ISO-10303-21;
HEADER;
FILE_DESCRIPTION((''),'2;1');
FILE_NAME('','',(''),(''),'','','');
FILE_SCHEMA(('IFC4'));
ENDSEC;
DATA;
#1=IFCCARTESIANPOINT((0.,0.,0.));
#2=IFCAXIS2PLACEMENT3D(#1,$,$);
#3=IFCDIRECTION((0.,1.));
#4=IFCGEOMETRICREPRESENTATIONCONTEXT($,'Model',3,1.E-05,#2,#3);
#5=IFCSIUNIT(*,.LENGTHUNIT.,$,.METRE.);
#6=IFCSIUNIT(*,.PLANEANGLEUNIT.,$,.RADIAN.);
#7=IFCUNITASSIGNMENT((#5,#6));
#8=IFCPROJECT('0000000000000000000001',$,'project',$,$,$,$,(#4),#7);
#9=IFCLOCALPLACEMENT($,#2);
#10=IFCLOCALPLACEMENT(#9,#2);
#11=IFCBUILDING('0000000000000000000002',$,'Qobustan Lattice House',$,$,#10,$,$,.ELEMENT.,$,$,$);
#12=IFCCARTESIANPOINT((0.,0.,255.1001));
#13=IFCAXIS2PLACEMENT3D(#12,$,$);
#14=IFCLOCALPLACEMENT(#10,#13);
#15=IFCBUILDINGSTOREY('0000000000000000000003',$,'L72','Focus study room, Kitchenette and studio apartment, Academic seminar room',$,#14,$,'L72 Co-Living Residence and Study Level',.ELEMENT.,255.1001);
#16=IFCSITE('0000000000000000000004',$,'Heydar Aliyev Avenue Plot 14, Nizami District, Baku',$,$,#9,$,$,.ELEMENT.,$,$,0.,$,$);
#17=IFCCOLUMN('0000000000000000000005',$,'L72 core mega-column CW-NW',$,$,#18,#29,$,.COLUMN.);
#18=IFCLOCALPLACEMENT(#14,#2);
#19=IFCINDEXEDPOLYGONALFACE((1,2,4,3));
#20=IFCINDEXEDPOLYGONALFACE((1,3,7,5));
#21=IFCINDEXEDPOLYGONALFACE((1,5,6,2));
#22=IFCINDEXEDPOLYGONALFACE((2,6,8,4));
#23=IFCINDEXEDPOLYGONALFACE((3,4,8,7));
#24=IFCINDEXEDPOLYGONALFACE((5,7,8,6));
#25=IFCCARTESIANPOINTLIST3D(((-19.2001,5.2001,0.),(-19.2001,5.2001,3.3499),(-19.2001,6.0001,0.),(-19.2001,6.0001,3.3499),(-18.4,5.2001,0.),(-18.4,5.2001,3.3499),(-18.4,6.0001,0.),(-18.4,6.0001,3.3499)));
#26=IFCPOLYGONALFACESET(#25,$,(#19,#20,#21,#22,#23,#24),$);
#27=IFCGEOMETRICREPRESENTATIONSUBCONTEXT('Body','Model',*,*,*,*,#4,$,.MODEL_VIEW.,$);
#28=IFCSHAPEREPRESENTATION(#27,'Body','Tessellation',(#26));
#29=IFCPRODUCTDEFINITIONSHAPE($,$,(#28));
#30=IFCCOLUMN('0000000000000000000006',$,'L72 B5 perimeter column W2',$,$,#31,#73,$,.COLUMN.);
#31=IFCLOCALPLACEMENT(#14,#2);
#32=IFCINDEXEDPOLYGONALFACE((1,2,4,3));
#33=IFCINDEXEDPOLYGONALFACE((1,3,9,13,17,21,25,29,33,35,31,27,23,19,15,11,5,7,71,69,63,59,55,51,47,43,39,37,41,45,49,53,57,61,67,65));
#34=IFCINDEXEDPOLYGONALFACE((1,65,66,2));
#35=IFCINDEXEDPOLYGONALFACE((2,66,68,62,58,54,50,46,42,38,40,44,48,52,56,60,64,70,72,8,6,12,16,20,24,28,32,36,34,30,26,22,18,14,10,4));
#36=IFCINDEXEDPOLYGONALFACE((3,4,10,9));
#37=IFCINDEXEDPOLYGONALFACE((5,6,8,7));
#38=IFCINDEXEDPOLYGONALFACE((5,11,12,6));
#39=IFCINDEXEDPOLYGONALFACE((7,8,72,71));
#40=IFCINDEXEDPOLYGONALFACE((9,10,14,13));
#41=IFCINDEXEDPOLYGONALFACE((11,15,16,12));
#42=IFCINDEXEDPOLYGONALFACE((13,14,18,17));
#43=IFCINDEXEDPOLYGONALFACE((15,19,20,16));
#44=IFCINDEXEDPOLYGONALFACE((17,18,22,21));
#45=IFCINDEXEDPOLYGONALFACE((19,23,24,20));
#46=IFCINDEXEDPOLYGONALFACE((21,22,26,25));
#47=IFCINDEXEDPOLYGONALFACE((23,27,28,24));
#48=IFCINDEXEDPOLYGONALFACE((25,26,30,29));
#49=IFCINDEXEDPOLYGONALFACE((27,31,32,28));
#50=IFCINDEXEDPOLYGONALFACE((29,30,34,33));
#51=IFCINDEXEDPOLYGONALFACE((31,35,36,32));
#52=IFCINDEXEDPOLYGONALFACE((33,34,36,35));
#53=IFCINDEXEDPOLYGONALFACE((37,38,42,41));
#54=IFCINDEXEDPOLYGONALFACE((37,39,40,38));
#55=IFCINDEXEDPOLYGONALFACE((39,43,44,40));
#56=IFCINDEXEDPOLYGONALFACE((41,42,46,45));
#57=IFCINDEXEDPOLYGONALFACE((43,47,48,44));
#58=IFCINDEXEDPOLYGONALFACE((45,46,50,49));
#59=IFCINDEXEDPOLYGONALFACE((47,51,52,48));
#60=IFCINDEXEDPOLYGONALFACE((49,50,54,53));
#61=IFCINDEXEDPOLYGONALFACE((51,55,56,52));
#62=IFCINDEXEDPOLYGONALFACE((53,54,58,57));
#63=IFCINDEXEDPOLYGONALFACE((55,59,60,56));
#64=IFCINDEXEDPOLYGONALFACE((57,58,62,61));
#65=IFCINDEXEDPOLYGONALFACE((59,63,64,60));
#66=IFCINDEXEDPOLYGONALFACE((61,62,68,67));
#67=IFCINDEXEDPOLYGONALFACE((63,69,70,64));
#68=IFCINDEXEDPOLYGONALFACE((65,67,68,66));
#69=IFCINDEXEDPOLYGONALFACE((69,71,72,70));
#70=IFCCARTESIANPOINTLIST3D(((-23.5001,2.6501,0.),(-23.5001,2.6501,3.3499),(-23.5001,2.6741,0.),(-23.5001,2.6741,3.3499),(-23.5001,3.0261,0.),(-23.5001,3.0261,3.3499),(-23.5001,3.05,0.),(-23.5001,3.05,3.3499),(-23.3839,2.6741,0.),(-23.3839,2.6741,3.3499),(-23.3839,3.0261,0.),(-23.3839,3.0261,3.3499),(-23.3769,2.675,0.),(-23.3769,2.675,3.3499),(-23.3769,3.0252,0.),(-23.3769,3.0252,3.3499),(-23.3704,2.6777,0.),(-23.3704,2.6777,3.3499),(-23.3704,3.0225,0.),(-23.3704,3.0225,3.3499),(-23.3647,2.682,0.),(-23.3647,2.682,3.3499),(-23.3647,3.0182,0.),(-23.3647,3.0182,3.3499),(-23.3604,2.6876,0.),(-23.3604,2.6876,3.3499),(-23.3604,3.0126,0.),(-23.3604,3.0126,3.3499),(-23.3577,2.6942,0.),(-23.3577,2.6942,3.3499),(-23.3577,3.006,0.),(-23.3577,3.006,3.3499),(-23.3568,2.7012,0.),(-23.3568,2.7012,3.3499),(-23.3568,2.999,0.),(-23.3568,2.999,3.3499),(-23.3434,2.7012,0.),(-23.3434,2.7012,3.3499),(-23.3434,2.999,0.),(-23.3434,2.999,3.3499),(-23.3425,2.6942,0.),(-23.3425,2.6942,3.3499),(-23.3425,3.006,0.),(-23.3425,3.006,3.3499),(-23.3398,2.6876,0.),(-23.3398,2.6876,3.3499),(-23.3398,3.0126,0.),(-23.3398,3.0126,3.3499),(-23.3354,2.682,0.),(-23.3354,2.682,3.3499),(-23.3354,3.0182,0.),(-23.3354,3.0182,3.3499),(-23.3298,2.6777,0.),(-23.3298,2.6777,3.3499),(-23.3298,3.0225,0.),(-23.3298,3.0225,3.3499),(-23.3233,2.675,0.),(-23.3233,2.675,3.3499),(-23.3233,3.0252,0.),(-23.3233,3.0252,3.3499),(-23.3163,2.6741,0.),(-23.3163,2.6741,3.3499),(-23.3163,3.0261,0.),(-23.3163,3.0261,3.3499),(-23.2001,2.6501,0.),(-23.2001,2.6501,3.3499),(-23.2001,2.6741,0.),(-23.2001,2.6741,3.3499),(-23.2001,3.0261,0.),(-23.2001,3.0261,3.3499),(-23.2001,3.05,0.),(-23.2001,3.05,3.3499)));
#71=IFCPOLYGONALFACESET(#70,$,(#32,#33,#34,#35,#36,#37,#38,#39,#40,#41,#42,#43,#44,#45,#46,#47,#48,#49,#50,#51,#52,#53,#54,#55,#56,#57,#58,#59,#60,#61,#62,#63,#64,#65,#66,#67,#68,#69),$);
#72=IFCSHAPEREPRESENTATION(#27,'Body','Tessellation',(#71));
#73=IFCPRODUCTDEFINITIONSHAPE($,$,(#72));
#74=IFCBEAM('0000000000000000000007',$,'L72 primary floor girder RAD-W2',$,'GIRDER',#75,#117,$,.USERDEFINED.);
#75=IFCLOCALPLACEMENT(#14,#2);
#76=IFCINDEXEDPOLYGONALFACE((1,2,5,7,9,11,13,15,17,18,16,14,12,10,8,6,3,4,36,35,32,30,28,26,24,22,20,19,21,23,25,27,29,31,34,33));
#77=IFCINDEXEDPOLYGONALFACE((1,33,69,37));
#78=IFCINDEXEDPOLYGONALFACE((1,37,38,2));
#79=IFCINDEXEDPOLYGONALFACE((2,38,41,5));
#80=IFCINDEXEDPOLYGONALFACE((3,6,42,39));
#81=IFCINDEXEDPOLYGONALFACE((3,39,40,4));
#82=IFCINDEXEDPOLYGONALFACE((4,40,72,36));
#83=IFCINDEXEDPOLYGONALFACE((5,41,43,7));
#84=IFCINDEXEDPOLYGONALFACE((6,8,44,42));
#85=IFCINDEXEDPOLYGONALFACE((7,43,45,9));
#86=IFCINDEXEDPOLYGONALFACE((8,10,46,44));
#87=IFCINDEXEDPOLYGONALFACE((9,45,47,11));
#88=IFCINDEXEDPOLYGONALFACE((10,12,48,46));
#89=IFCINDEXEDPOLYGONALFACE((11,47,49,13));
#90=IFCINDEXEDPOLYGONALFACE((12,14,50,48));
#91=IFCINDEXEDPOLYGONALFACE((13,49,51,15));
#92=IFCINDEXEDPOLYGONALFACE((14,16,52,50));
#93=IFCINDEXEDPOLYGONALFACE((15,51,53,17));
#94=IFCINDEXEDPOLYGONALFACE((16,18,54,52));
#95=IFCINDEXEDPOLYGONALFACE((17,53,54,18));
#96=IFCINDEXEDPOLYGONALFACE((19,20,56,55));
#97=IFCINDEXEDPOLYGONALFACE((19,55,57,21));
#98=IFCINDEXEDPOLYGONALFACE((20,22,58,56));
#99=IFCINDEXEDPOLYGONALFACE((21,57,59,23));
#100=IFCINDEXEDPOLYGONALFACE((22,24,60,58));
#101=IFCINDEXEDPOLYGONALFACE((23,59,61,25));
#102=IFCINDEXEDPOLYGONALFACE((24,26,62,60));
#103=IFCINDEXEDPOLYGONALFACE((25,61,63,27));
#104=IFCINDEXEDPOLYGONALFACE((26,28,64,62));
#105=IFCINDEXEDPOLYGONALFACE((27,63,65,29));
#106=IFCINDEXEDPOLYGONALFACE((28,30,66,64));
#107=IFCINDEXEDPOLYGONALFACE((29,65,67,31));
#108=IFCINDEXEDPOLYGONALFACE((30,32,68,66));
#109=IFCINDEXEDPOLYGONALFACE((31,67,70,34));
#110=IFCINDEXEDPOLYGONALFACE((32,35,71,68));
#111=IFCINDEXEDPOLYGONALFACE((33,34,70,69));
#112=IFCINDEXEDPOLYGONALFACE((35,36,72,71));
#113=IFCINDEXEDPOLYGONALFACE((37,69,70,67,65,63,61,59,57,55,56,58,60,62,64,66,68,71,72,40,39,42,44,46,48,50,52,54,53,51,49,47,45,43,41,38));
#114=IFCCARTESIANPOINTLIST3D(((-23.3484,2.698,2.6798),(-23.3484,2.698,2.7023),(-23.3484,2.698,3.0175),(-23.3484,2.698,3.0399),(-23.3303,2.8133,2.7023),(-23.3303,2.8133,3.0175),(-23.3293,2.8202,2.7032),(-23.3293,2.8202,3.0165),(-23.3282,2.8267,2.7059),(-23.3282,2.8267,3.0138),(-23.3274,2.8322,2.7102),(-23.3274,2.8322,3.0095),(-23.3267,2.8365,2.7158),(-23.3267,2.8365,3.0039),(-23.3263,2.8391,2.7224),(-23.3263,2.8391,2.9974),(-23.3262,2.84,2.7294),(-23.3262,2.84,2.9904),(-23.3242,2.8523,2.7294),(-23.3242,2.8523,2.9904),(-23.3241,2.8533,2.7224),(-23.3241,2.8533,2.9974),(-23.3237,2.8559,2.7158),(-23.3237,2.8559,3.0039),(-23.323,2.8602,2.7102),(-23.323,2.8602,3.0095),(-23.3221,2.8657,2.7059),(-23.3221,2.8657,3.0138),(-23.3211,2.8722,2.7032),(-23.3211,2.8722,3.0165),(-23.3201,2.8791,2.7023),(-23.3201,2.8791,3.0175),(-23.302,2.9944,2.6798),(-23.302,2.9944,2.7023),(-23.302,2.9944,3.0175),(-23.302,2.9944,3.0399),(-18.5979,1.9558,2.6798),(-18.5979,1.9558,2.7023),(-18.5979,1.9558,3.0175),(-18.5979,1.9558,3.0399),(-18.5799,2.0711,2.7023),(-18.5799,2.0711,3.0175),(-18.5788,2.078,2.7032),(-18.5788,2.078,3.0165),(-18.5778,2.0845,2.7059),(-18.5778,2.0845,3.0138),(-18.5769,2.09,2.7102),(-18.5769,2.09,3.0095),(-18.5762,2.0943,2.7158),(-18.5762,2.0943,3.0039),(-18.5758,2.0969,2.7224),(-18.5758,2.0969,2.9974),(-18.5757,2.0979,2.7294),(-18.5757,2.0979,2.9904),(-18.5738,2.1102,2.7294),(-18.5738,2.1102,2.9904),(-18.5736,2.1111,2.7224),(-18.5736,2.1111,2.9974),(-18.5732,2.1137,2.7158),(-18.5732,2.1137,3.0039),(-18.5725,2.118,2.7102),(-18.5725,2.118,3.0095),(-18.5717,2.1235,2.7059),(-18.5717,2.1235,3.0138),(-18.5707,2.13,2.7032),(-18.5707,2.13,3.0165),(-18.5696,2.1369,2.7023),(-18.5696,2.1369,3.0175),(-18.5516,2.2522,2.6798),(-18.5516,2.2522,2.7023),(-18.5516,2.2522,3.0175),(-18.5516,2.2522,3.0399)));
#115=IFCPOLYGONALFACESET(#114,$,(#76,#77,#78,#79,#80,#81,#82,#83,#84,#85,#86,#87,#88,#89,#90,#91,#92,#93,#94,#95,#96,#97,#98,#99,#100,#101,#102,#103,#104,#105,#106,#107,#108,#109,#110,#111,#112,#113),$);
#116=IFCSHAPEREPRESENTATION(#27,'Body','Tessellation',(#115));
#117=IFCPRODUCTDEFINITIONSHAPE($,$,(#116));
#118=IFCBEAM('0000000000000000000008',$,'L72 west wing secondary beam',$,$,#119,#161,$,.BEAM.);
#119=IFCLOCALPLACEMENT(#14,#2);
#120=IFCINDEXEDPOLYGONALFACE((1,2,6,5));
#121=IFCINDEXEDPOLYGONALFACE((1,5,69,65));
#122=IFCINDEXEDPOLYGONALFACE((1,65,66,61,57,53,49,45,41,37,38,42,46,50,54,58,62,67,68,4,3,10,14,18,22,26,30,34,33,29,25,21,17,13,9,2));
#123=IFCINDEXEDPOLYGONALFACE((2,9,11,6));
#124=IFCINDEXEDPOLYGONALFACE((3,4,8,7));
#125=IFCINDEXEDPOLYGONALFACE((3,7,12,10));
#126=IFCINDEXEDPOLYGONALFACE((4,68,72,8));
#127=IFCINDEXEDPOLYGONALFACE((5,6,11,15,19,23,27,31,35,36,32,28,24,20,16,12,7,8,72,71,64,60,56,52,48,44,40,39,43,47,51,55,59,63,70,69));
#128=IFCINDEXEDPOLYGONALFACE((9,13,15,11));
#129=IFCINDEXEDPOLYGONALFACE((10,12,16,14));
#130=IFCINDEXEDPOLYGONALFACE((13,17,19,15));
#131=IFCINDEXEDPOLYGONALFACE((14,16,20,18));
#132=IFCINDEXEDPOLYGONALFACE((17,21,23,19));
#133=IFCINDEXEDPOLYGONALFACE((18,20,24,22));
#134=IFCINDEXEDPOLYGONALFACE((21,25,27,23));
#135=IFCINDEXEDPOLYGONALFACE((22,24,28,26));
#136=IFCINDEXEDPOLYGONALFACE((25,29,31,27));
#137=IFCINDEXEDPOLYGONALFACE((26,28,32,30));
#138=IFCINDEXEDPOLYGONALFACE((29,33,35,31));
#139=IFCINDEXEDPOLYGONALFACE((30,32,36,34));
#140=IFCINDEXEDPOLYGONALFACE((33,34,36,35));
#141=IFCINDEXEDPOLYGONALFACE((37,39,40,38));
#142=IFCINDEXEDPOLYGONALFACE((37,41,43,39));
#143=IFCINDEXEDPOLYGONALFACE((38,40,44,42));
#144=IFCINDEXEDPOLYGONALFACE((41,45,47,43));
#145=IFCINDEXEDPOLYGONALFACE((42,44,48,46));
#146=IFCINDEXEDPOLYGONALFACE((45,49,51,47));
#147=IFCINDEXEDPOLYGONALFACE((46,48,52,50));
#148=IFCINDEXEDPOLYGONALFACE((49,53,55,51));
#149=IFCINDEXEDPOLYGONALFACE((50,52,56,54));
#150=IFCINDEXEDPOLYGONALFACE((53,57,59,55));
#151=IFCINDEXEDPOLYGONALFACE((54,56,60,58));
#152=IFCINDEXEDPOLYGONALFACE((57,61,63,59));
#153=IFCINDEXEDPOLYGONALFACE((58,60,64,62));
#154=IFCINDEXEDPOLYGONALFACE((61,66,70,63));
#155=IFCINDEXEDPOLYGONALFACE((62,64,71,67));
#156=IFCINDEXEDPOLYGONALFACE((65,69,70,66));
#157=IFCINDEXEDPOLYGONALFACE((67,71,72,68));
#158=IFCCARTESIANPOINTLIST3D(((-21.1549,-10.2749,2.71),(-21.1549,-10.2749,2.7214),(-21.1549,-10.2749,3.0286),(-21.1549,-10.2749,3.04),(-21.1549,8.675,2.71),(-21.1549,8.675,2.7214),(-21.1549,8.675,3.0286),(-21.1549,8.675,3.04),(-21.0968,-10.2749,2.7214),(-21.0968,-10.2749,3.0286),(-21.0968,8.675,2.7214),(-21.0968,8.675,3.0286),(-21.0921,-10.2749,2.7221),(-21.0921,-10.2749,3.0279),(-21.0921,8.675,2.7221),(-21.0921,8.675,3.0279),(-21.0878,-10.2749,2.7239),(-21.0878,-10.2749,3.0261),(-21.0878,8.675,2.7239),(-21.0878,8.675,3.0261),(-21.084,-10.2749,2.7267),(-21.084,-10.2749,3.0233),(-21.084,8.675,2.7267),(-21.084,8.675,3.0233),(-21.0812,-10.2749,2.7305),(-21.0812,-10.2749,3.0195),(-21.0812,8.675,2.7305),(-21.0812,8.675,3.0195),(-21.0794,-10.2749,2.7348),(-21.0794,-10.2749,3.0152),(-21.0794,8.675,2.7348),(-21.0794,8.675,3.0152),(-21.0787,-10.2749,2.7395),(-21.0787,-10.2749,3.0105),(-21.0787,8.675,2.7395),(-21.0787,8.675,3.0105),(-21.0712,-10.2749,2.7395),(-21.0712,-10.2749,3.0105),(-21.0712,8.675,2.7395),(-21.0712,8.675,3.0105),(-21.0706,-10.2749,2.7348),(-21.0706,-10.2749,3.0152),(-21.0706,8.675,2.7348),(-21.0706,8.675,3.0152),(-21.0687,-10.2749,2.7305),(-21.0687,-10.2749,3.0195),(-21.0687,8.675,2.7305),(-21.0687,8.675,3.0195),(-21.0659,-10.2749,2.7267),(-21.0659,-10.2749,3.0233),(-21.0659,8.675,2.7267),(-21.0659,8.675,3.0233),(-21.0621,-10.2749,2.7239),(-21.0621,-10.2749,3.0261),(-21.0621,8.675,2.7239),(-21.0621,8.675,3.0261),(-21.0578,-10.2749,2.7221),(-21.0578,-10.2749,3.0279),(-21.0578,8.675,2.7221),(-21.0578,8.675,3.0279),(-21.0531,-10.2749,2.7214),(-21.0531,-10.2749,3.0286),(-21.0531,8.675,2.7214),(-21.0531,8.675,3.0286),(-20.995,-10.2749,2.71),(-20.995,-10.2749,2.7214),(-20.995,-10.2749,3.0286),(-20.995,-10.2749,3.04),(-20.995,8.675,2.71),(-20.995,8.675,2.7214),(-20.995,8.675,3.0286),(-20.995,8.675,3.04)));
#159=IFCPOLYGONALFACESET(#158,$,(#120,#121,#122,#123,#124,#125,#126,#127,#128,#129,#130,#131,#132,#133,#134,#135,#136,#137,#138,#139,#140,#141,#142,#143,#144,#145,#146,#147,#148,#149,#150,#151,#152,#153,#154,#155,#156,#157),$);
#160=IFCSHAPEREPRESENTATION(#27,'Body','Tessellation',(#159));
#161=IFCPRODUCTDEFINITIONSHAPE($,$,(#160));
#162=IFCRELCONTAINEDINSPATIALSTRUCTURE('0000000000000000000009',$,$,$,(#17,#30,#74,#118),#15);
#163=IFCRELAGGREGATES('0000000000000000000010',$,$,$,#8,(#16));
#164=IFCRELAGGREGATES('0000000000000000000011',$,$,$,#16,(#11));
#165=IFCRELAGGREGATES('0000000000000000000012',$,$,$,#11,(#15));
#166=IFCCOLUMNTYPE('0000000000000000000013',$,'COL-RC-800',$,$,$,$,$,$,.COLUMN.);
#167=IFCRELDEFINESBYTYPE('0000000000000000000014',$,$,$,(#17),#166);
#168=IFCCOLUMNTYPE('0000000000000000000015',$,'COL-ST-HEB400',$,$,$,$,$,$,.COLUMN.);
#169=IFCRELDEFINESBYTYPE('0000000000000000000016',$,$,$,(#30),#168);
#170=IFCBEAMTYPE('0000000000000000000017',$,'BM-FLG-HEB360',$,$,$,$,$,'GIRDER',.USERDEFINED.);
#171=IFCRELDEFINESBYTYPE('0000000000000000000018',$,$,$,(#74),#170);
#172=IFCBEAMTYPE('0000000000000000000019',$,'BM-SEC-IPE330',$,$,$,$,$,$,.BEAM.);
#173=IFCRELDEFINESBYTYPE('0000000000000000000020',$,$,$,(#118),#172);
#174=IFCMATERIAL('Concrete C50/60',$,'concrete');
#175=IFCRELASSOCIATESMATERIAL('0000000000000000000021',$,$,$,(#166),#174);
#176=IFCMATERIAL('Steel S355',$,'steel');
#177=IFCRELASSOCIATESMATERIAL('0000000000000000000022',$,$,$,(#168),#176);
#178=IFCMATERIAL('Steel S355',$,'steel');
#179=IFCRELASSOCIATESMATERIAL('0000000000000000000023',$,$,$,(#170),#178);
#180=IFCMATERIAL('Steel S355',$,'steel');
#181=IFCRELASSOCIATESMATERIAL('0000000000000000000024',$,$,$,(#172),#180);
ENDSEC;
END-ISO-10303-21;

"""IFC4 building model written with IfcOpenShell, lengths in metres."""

from ifc_helpers import new_model, si_unit, direction, frame, origin, origin_2d, place, context, subcontext, project, spatial, rectangle, i_section, extrude, material, material_profile, profile_set, type_object, element, save


model = new_model("IFC4")

# Units and contexts
model_context = context("Model", 3, precision=1e-05, world=origin(), true_north=direction((0.0, 1.0)))
body_context = subcontext(model_context, "Body", "Model", "MODEL_VIEW")
ifc_project = project(units=[si_unit("LENGTHUNIT", "METRE"), si_unit("PLANEANGLEUNIT", "RADIAN")], contexts=[model_context])

# Site, building, storey
site_placement = place(None, origin())
site = spatial("IfcSite", under=ifc_project, at=site_placement, Name="Heydar Aliyev Avenue Plot 14, Nizami District, Baku", CompositionType="ELEMENT", RefElevation=0.0)
building_placement = place(site_placement, origin())
building = spatial("IfcBuilding", under=site, at=building_placement, Name="Qobustan Lattice House", CompositionType="ELEMENT")
storey_placement = place(building_placement, frame((0.0, 0.0, 255.1001)))
storey = spatial("IfcBuildingStorey", under=building, at=storey_placement, Name="L72", Description="Focus study room, Kitchenette and studio apartment, Academic seminar room", LongName="L72 Co-Living Residence and Study Level", CompositionType="ELEMENT", Elevation=255.1001)

# Columns
ifc_material_1 = material(Name="Concrete C50/60", Category="concrete")
ifc_material_profile_1 = material_profile(ifc_material_1, rectangle(XDim=0.8, YDim=0.8, at=origin_2d()), Name="RC800x800")
ifc_profile_set_1 = profile_set([ifc_material_profile_1], Name="Concrete C50/60")
column_type_1 = type_object("IfcColumnType", Name="COL-RC-800", PredefinedType="COLUMN", material=ifc_profile_set_1)
column_1_placement = place(storey_placement, frame((-18.8, 5.6001, 0.0), z_axis=(0.0, 0.0, 1.0), x_axis=(1.0, 0.0, 0.0)))
element("IfcColumn", 1, at=column_1_placement, inside=storey, type_object=column_type_1, Name="L72 core mega-column CW-NW", PredefinedType="COLUMN", context=body_context, shape_type="SweptSolid", body=[
    extrude(rectangle(XDim=0.8, YDim=0.8, at=origin_2d()), origin(), (0.0, 0.0, 1.0), 3.3499),
])
ifc_material_2 = material(Name="Steel S355", Category="steel")
ifc_material_profile_2 = material_profile(ifc_material_2, i_section(OverallWidth=0.3, OverallDepth=0.3999, WebThickness=0.0134, FlangeThickness=0.0239, FilletRadius=0.0271, at=origin_2d()), Name="HEB400")
ifc_profile_set_2 = profile_set([ifc_material_profile_2], Name="Steel S355")
column_type_2 = type_object("IfcColumnType", Name="COL-ST-HEB400", PredefinedType="COLUMN", material=ifc_profile_set_2)
column_2_placement = place(storey_placement, frame((-23.3501, 2.8501, 0.0), z_axis=(0.0, 0.0, 1.0), x_axis=(1.0, 0.0, 0.0)))
element("IfcColumn", 2, at=column_2_placement, inside=storey, type_object=column_type_2, Name="L72 B5 perimeter column W2", PredefinedType="COLUMN", context=body_context, shape_type="SweptSolid", body=[
    extrude(i_section(OverallWidth=0.3, OverallDepth=0.3999, WebThickness=0.0134, FlangeThickness=0.0239, FilletRadius=0.0271, at=origin_2d()), origin(), (0.0, 0.0, 1.0), 3.3499),
])

# Beams
ifc_material_3 = material(Name="Steel S355", Category="steel")
ifc_material_profile_3 = material_profile(ifc_material_3, i_section(OverallWidth=0.3, OverallDepth=0.3601, WebThickness=0.0125, FlangeThickness=0.0225, FilletRadius=0.0271, at=origin_2d()), Name="HEB360")
ifc_profile_set_3 = profile_set([ifc_material_profile_3], Name="Steel S355")
beam_type_1 = type_object("IfcBeamType", Name="BM-FLG-HEB360", ElementType="GIRDER", PredefinedType="USERDEFINED", material=ifc_profile_set_3)
beam_1_placement = place(storey_placement, frame((-23.3252, 2.8462, 2.8599), z_axis=(0.988014, -0.154361, 0.0), x_axis=(0.154361, 0.988014, 0.0)))
element("IfcBeam", 3, at=beam_1_placement, inside=storey, type_object=beam_type_1, Name="L72 primary floor girder RAD-W2", ObjectType="GIRDER", PredefinedType="USERDEFINED", context=body_context, shape_type="SweptSolid", body=[
    extrude(i_section(OverallWidth=0.3, OverallDepth=0.3601, WebThickness=0.0125, FlangeThickness=0.0225, FilletRadius=0.0271, at=origin_2d()), origin(), (0.0, 0.0, 1.0), 4.8081),
])
ifc_material_4 = material(Name="Steel S355", Category="steel")
ifc_material_profile_4 = material_profile(ifc_material_4, i_section(OverallWidth=0.1599, OverallDepth=0.3301, WebThickness=0.0076, FlangeThickness=0.0115, FilletRadius=0.0181, at=origin_2d()), Name="IPE330")
ifc_profile_set_4 = profile_set([ifc_material_profile_4], Name="Steel S355")
beam_type_2 = type_object("IfcBeamType", Name="BM-SEC-IPE330", PredefinedType="BEAM", material=ifc_profile_set_4)
beam_2_placement = place(storey_placement, frame((-21.075, 8.675, 2.875), z_axis=(0.0, -1.0, 0.0), x_axis=(1.0, 0.0, 0.0)))
element("IfcBeam", 4, at=beam_2_placement, inside=storey, type_object=beam_type_2, Name="L72 west wing secondary beam", PredefinedType="BEAM", context=body_context, shape_type="SweptSolid", body=[
    extrude(i_section(OverallWidth=0.1599, OverallDepth=0.3301, WebThickness=0.0076, FlangeThickness=0.0115, FilletRadius=0.0181, at=origin_2d()), origin(), (0.0, 0.0, 1.0), 18.95),
])

save(model, "model.ifc")
